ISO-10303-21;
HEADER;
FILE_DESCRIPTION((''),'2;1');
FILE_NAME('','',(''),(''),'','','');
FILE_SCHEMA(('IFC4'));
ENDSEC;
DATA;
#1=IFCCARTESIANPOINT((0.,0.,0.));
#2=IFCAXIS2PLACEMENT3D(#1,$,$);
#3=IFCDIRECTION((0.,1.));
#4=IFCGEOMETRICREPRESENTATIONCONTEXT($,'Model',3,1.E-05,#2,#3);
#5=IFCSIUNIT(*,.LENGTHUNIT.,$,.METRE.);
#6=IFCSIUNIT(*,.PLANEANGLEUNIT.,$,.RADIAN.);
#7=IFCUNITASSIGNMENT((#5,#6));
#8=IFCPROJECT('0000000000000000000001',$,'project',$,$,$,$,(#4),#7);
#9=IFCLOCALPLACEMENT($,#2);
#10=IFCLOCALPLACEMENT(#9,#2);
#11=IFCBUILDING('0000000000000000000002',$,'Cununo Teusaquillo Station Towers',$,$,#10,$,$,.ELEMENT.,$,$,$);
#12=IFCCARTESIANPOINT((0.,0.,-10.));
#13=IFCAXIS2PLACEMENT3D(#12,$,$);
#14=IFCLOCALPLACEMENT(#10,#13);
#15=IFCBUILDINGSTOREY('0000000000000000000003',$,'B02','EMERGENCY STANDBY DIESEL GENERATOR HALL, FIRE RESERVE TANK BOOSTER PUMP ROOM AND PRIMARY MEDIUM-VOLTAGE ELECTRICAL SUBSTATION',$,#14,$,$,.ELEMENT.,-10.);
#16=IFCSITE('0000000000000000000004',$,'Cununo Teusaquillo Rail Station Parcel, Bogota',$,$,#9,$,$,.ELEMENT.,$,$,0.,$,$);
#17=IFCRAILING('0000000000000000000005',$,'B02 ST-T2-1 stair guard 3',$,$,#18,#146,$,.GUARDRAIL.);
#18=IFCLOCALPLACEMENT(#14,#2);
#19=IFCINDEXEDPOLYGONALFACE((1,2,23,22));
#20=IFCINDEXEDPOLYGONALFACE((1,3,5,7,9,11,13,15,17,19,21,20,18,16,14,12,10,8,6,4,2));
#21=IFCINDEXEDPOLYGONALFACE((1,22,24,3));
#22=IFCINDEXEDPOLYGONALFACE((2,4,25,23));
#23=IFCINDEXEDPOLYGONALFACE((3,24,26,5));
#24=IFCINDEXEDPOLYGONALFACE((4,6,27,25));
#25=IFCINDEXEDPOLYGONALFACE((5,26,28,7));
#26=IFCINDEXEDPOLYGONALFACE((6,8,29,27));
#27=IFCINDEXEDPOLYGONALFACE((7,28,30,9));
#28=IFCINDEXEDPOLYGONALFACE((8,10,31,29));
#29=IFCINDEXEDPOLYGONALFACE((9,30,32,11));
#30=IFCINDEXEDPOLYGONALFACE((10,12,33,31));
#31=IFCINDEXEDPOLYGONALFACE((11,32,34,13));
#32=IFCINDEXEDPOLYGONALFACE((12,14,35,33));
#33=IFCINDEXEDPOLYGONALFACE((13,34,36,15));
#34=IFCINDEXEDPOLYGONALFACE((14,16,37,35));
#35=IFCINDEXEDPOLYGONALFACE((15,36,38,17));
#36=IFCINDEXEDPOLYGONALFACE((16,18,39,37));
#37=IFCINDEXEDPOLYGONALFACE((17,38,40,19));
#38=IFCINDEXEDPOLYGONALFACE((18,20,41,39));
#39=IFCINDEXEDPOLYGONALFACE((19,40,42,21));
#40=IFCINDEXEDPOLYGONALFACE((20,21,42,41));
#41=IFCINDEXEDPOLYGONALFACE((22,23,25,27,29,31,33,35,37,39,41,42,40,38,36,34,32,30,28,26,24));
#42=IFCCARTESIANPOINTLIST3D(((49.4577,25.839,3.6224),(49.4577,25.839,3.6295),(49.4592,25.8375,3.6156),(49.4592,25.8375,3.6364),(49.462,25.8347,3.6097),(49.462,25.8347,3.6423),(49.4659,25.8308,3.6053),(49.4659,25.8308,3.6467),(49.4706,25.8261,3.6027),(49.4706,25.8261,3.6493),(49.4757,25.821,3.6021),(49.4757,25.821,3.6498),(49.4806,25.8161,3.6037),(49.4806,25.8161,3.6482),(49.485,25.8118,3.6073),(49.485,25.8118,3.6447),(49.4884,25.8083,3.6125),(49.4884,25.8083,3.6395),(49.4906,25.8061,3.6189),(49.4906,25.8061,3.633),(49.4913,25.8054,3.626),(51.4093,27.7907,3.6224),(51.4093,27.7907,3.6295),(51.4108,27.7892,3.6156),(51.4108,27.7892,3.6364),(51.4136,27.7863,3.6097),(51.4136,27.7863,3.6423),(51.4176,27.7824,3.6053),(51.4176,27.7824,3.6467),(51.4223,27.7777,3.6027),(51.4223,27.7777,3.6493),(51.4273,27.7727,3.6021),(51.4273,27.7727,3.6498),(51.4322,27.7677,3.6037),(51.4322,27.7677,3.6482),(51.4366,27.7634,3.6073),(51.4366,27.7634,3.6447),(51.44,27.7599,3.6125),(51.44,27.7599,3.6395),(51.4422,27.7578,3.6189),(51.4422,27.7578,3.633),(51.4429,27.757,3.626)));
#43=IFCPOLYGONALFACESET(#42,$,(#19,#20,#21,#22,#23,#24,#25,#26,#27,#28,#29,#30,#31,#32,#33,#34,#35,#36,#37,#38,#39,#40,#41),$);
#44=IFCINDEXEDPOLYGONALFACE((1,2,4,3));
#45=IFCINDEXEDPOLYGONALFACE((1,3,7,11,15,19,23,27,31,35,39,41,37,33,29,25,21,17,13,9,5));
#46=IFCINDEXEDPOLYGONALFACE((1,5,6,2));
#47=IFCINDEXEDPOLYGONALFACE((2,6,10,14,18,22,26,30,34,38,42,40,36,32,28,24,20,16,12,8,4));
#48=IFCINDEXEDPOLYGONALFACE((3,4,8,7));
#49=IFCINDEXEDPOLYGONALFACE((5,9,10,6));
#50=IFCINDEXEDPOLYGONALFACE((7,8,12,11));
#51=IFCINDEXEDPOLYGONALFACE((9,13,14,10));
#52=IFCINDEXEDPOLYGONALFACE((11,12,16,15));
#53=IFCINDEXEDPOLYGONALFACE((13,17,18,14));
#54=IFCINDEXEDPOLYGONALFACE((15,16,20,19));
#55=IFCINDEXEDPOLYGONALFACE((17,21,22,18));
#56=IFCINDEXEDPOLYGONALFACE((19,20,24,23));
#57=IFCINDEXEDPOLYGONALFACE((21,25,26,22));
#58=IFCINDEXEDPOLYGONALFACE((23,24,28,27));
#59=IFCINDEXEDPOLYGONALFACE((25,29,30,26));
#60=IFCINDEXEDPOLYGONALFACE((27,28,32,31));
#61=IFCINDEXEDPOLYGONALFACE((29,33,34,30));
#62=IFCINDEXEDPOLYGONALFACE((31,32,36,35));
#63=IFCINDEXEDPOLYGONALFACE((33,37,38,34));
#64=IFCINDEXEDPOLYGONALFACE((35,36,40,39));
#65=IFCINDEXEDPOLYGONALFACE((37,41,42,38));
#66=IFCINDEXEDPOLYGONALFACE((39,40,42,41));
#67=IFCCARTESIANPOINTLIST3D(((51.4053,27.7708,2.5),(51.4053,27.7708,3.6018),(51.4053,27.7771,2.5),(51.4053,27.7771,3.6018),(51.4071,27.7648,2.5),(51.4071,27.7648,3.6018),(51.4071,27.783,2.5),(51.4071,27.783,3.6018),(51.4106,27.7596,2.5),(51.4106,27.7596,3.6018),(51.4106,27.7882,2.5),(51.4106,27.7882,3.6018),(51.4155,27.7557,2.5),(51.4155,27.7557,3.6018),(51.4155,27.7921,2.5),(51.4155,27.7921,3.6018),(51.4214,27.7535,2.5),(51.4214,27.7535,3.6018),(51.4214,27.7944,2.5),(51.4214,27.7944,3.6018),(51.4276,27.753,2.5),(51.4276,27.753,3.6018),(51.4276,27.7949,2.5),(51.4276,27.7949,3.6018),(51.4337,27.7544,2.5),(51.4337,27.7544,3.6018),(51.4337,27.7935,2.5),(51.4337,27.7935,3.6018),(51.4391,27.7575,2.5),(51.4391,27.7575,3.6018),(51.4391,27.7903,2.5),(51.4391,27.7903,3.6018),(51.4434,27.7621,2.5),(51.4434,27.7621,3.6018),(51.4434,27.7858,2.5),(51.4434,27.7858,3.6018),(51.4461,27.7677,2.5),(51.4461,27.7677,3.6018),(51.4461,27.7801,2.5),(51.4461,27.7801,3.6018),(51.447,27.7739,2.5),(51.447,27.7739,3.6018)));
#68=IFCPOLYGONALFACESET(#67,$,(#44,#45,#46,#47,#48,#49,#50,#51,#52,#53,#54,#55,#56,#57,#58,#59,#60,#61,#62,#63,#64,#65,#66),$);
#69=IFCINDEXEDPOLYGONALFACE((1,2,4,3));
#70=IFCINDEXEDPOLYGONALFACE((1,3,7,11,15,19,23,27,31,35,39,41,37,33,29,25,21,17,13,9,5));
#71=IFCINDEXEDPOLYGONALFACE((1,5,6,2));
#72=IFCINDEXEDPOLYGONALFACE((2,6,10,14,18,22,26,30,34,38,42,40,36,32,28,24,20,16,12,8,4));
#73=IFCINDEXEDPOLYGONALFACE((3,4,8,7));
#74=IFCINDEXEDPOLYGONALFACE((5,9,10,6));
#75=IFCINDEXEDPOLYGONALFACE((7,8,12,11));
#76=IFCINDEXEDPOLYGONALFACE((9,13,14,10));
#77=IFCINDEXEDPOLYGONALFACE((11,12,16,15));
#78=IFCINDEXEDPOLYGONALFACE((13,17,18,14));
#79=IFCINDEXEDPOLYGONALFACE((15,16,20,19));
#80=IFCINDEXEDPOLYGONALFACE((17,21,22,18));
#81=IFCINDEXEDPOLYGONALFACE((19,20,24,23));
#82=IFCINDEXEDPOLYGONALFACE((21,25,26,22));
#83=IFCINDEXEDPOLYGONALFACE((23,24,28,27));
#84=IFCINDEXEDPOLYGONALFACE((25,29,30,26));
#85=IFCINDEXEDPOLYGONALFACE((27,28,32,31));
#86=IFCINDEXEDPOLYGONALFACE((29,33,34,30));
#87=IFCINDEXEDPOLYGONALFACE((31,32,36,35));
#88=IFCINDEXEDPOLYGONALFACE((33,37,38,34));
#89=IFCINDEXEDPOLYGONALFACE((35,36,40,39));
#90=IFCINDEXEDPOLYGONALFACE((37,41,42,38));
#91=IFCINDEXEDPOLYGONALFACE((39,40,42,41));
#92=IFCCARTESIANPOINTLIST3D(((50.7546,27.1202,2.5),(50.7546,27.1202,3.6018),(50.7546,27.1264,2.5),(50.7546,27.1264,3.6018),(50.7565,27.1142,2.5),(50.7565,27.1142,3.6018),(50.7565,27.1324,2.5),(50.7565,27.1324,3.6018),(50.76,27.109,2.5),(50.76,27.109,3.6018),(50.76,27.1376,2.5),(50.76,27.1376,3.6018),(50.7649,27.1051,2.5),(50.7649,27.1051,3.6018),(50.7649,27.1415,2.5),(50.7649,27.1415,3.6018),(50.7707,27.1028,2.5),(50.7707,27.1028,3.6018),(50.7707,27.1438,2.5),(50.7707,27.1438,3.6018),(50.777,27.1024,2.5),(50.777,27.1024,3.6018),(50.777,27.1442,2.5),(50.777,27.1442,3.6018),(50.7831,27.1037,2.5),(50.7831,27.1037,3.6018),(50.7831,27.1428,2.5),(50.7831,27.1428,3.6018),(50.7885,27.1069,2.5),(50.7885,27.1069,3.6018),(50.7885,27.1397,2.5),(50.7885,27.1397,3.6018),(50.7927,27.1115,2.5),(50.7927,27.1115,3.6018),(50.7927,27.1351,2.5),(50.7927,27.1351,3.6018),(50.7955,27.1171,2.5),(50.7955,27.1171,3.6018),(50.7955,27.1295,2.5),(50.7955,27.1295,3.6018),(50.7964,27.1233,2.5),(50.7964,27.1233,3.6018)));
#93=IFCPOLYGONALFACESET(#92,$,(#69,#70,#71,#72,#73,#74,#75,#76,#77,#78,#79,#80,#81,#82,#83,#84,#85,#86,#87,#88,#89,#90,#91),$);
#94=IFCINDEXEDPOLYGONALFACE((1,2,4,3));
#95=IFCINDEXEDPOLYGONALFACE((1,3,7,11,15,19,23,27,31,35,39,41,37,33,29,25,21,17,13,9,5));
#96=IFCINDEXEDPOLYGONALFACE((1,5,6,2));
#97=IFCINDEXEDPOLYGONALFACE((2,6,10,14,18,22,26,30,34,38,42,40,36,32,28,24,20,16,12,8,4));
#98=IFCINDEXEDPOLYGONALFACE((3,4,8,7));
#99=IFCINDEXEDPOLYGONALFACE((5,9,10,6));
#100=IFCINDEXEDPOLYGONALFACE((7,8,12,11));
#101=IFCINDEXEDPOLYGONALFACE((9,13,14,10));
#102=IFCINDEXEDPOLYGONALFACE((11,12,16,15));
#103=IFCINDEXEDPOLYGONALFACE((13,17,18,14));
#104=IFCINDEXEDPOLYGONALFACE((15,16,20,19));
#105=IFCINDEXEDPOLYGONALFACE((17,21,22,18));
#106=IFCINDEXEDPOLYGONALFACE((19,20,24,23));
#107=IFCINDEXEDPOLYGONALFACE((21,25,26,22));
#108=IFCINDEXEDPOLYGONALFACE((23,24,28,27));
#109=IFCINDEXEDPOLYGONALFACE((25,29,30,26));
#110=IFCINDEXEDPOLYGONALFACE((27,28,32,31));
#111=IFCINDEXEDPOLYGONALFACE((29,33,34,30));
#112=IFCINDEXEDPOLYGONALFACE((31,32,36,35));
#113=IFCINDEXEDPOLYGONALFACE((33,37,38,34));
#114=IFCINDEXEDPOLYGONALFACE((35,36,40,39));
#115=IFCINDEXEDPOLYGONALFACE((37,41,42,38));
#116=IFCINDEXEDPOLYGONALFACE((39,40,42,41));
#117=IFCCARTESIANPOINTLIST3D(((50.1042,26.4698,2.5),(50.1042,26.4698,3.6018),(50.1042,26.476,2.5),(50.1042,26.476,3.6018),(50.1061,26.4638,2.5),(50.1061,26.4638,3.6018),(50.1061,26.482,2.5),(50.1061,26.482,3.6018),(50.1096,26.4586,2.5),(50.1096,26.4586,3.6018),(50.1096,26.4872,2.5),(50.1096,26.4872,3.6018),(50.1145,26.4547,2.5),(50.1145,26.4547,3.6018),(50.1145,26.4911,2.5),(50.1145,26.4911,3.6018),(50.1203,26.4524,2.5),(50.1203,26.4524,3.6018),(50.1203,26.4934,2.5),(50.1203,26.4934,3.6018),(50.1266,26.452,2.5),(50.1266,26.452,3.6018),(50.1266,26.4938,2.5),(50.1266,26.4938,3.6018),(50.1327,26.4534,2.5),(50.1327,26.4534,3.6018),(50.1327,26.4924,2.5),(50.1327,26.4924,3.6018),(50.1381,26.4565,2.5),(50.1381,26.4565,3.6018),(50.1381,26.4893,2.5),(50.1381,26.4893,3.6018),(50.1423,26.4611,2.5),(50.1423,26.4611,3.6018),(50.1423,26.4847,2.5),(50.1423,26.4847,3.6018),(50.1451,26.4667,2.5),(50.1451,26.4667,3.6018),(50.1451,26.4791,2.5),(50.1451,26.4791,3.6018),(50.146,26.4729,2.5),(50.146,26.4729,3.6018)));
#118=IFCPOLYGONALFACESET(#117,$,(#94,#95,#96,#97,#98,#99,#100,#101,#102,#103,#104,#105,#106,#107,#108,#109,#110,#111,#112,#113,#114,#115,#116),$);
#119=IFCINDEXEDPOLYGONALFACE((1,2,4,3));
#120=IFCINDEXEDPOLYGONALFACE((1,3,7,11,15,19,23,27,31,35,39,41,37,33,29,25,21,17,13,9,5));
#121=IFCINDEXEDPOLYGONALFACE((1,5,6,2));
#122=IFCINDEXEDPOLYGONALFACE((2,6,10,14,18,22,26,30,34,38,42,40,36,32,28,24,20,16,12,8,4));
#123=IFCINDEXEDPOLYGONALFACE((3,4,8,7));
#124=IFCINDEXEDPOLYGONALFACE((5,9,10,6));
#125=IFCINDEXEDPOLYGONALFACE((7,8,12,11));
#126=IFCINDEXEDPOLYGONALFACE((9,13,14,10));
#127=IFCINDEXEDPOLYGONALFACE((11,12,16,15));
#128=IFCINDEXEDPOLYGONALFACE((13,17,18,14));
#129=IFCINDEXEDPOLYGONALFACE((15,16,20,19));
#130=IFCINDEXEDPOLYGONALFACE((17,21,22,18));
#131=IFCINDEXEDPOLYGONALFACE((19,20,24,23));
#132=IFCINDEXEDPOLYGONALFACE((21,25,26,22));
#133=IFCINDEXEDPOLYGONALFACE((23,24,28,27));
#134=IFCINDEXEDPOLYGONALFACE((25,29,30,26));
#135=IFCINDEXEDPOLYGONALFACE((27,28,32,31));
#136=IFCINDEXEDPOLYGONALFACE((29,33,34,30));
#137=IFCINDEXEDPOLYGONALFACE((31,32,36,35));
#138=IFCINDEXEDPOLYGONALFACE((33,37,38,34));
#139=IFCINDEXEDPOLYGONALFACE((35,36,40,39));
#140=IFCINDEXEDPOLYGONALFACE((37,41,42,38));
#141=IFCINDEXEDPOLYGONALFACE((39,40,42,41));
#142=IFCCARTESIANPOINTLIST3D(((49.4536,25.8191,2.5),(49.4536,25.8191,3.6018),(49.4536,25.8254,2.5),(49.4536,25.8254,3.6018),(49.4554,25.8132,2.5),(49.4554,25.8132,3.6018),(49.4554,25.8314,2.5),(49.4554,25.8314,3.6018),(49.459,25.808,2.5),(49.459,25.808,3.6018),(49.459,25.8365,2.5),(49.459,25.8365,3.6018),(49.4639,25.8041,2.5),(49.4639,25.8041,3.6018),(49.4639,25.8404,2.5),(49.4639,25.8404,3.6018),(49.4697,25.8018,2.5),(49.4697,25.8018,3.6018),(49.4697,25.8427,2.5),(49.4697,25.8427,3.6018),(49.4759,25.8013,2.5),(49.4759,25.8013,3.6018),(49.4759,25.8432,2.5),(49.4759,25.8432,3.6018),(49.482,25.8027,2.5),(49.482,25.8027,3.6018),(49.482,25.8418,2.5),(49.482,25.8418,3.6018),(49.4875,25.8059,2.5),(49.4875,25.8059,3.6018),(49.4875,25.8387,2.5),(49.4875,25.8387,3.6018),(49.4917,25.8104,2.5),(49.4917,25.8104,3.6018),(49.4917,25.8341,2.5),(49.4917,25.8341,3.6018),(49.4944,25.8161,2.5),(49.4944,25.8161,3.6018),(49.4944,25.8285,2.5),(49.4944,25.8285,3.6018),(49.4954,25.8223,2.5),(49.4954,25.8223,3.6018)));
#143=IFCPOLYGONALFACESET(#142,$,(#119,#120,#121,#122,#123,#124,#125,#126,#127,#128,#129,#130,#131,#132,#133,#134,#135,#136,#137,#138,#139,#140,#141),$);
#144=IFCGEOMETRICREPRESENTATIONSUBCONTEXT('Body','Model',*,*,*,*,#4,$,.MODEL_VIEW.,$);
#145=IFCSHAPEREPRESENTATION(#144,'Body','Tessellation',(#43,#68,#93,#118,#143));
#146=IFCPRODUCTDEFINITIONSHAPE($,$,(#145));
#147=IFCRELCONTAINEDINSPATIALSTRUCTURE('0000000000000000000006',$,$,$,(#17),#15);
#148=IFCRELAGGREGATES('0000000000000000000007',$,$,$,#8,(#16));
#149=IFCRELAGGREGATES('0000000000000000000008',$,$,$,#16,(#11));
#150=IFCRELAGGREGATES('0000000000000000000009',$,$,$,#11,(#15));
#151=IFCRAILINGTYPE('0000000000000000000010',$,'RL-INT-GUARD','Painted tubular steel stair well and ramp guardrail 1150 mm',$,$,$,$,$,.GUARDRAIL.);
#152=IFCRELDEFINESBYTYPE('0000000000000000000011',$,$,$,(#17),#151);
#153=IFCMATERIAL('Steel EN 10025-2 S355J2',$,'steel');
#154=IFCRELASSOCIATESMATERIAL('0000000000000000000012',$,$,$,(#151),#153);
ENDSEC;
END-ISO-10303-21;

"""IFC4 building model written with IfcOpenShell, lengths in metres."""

from ifc_helpers import new_model, si_unit, direction, frame, origin, origin_2d, place, context, subcontext, project, spatial, circle, extrude, material, type_object, element, save


model = new_model("IFC4")

# Units and contexts
model_context = context("Model", 3, precision=1e-05, world=origin(), true_north=direction((0.0, 1.0)))
body_context = subcontext(model_context, "Body", "Model", "MODEL_VIEW")
ifc_project = project(units=[si_unit("LENGTHUNIT", "METRE"), si_unit("PLANEANGLEUNIT", "RADIAN")], contexts=[model_context])

# Site, building, storey
site_placement = place(None, origin())
site = spatial("IfcSite", under=ifc_project, at=site_placement, Name="Cununo Teusaquillo Rail Station Parcel, Bogota", CompositionType="ELEMENT", RefElevation=0.0)
building_placement = place(site_placement, origin())
building = spatial("IfcBuilding", under=site, at=building_placement, Name="Cununo Teusaquillo Station Towers", CompositionType="ELEMENT")
storey_placement = place(building_placement, frame((0.0, 0.0, -10.0)))
storey = spatial("IfcBuildingStorey", under=building, at=storey_placement, Name="B02", Description="EMERGENCY STANDBY DIESEL GENERATOR HALL, FIRE RESERVE TANK BOOSTER PUMP ROOM AND PRIMARY MEDIUM-VOLTAGE ELECTRICAL SUBSTATION", CompositionType="ELEMENT", Elevation=-10.0)

# Railing
ifc_material_1 = material(Name="Steel EN 10025-2 S355J2", Category="steel")
railing_type = type_object("IfcRailingType", Name="RL-INT-GUARD", Description="Painted tubular steel stair well and ramp guardrail 1150 mm", PredefinedType="GUARDRAIL", material=ifc_material_1)
railing_1_placement = place(storey_placement, frame((51.426, 27.7739, 2.5)))
element("IfcRailing", 1, at=railing_1_placement, inside=storey, type_object=railing_type, Name="B02 ST-T2-1 stair guard 3", PredefinedType="GUARDRAIL", context=body_context, shape_type="SweptSolid", body=[
    extrude(circle(Radius=0.0239, at=origin_2d()), frame((0.0, 0.0, 1.126), z_axis=(-0.707107, -0.707107, 0.0), x_axis=(0.707107, -0.707107, 0.0)), (0.0, 0.0, 1.0), 2.76),
    extrude(circle(Radius=0.021, at=origin_2d()), origin(), (0.0, 0.0, 1.0), 1.1018),
    extrude(circle(Radius=0.021, at=origin_2d()), frame((-0.6506, -0.6506, 0.0)), (0.0, 0.0, 1.0), 1.1018),
    extrude(circle(Radius=0.021, at=origin_2d()), frame((-1.301, -1.301, 0.0)), (0.0, 0.0, 1.0), 1.1018),
    extrude(circle(Radius=0.021, at=origin_2d()), frame((-1.9517, -1.9517, 0.0)), (0.0, 0.0, 1.0), 1.1018),
])

save(model, "model.ifc")
